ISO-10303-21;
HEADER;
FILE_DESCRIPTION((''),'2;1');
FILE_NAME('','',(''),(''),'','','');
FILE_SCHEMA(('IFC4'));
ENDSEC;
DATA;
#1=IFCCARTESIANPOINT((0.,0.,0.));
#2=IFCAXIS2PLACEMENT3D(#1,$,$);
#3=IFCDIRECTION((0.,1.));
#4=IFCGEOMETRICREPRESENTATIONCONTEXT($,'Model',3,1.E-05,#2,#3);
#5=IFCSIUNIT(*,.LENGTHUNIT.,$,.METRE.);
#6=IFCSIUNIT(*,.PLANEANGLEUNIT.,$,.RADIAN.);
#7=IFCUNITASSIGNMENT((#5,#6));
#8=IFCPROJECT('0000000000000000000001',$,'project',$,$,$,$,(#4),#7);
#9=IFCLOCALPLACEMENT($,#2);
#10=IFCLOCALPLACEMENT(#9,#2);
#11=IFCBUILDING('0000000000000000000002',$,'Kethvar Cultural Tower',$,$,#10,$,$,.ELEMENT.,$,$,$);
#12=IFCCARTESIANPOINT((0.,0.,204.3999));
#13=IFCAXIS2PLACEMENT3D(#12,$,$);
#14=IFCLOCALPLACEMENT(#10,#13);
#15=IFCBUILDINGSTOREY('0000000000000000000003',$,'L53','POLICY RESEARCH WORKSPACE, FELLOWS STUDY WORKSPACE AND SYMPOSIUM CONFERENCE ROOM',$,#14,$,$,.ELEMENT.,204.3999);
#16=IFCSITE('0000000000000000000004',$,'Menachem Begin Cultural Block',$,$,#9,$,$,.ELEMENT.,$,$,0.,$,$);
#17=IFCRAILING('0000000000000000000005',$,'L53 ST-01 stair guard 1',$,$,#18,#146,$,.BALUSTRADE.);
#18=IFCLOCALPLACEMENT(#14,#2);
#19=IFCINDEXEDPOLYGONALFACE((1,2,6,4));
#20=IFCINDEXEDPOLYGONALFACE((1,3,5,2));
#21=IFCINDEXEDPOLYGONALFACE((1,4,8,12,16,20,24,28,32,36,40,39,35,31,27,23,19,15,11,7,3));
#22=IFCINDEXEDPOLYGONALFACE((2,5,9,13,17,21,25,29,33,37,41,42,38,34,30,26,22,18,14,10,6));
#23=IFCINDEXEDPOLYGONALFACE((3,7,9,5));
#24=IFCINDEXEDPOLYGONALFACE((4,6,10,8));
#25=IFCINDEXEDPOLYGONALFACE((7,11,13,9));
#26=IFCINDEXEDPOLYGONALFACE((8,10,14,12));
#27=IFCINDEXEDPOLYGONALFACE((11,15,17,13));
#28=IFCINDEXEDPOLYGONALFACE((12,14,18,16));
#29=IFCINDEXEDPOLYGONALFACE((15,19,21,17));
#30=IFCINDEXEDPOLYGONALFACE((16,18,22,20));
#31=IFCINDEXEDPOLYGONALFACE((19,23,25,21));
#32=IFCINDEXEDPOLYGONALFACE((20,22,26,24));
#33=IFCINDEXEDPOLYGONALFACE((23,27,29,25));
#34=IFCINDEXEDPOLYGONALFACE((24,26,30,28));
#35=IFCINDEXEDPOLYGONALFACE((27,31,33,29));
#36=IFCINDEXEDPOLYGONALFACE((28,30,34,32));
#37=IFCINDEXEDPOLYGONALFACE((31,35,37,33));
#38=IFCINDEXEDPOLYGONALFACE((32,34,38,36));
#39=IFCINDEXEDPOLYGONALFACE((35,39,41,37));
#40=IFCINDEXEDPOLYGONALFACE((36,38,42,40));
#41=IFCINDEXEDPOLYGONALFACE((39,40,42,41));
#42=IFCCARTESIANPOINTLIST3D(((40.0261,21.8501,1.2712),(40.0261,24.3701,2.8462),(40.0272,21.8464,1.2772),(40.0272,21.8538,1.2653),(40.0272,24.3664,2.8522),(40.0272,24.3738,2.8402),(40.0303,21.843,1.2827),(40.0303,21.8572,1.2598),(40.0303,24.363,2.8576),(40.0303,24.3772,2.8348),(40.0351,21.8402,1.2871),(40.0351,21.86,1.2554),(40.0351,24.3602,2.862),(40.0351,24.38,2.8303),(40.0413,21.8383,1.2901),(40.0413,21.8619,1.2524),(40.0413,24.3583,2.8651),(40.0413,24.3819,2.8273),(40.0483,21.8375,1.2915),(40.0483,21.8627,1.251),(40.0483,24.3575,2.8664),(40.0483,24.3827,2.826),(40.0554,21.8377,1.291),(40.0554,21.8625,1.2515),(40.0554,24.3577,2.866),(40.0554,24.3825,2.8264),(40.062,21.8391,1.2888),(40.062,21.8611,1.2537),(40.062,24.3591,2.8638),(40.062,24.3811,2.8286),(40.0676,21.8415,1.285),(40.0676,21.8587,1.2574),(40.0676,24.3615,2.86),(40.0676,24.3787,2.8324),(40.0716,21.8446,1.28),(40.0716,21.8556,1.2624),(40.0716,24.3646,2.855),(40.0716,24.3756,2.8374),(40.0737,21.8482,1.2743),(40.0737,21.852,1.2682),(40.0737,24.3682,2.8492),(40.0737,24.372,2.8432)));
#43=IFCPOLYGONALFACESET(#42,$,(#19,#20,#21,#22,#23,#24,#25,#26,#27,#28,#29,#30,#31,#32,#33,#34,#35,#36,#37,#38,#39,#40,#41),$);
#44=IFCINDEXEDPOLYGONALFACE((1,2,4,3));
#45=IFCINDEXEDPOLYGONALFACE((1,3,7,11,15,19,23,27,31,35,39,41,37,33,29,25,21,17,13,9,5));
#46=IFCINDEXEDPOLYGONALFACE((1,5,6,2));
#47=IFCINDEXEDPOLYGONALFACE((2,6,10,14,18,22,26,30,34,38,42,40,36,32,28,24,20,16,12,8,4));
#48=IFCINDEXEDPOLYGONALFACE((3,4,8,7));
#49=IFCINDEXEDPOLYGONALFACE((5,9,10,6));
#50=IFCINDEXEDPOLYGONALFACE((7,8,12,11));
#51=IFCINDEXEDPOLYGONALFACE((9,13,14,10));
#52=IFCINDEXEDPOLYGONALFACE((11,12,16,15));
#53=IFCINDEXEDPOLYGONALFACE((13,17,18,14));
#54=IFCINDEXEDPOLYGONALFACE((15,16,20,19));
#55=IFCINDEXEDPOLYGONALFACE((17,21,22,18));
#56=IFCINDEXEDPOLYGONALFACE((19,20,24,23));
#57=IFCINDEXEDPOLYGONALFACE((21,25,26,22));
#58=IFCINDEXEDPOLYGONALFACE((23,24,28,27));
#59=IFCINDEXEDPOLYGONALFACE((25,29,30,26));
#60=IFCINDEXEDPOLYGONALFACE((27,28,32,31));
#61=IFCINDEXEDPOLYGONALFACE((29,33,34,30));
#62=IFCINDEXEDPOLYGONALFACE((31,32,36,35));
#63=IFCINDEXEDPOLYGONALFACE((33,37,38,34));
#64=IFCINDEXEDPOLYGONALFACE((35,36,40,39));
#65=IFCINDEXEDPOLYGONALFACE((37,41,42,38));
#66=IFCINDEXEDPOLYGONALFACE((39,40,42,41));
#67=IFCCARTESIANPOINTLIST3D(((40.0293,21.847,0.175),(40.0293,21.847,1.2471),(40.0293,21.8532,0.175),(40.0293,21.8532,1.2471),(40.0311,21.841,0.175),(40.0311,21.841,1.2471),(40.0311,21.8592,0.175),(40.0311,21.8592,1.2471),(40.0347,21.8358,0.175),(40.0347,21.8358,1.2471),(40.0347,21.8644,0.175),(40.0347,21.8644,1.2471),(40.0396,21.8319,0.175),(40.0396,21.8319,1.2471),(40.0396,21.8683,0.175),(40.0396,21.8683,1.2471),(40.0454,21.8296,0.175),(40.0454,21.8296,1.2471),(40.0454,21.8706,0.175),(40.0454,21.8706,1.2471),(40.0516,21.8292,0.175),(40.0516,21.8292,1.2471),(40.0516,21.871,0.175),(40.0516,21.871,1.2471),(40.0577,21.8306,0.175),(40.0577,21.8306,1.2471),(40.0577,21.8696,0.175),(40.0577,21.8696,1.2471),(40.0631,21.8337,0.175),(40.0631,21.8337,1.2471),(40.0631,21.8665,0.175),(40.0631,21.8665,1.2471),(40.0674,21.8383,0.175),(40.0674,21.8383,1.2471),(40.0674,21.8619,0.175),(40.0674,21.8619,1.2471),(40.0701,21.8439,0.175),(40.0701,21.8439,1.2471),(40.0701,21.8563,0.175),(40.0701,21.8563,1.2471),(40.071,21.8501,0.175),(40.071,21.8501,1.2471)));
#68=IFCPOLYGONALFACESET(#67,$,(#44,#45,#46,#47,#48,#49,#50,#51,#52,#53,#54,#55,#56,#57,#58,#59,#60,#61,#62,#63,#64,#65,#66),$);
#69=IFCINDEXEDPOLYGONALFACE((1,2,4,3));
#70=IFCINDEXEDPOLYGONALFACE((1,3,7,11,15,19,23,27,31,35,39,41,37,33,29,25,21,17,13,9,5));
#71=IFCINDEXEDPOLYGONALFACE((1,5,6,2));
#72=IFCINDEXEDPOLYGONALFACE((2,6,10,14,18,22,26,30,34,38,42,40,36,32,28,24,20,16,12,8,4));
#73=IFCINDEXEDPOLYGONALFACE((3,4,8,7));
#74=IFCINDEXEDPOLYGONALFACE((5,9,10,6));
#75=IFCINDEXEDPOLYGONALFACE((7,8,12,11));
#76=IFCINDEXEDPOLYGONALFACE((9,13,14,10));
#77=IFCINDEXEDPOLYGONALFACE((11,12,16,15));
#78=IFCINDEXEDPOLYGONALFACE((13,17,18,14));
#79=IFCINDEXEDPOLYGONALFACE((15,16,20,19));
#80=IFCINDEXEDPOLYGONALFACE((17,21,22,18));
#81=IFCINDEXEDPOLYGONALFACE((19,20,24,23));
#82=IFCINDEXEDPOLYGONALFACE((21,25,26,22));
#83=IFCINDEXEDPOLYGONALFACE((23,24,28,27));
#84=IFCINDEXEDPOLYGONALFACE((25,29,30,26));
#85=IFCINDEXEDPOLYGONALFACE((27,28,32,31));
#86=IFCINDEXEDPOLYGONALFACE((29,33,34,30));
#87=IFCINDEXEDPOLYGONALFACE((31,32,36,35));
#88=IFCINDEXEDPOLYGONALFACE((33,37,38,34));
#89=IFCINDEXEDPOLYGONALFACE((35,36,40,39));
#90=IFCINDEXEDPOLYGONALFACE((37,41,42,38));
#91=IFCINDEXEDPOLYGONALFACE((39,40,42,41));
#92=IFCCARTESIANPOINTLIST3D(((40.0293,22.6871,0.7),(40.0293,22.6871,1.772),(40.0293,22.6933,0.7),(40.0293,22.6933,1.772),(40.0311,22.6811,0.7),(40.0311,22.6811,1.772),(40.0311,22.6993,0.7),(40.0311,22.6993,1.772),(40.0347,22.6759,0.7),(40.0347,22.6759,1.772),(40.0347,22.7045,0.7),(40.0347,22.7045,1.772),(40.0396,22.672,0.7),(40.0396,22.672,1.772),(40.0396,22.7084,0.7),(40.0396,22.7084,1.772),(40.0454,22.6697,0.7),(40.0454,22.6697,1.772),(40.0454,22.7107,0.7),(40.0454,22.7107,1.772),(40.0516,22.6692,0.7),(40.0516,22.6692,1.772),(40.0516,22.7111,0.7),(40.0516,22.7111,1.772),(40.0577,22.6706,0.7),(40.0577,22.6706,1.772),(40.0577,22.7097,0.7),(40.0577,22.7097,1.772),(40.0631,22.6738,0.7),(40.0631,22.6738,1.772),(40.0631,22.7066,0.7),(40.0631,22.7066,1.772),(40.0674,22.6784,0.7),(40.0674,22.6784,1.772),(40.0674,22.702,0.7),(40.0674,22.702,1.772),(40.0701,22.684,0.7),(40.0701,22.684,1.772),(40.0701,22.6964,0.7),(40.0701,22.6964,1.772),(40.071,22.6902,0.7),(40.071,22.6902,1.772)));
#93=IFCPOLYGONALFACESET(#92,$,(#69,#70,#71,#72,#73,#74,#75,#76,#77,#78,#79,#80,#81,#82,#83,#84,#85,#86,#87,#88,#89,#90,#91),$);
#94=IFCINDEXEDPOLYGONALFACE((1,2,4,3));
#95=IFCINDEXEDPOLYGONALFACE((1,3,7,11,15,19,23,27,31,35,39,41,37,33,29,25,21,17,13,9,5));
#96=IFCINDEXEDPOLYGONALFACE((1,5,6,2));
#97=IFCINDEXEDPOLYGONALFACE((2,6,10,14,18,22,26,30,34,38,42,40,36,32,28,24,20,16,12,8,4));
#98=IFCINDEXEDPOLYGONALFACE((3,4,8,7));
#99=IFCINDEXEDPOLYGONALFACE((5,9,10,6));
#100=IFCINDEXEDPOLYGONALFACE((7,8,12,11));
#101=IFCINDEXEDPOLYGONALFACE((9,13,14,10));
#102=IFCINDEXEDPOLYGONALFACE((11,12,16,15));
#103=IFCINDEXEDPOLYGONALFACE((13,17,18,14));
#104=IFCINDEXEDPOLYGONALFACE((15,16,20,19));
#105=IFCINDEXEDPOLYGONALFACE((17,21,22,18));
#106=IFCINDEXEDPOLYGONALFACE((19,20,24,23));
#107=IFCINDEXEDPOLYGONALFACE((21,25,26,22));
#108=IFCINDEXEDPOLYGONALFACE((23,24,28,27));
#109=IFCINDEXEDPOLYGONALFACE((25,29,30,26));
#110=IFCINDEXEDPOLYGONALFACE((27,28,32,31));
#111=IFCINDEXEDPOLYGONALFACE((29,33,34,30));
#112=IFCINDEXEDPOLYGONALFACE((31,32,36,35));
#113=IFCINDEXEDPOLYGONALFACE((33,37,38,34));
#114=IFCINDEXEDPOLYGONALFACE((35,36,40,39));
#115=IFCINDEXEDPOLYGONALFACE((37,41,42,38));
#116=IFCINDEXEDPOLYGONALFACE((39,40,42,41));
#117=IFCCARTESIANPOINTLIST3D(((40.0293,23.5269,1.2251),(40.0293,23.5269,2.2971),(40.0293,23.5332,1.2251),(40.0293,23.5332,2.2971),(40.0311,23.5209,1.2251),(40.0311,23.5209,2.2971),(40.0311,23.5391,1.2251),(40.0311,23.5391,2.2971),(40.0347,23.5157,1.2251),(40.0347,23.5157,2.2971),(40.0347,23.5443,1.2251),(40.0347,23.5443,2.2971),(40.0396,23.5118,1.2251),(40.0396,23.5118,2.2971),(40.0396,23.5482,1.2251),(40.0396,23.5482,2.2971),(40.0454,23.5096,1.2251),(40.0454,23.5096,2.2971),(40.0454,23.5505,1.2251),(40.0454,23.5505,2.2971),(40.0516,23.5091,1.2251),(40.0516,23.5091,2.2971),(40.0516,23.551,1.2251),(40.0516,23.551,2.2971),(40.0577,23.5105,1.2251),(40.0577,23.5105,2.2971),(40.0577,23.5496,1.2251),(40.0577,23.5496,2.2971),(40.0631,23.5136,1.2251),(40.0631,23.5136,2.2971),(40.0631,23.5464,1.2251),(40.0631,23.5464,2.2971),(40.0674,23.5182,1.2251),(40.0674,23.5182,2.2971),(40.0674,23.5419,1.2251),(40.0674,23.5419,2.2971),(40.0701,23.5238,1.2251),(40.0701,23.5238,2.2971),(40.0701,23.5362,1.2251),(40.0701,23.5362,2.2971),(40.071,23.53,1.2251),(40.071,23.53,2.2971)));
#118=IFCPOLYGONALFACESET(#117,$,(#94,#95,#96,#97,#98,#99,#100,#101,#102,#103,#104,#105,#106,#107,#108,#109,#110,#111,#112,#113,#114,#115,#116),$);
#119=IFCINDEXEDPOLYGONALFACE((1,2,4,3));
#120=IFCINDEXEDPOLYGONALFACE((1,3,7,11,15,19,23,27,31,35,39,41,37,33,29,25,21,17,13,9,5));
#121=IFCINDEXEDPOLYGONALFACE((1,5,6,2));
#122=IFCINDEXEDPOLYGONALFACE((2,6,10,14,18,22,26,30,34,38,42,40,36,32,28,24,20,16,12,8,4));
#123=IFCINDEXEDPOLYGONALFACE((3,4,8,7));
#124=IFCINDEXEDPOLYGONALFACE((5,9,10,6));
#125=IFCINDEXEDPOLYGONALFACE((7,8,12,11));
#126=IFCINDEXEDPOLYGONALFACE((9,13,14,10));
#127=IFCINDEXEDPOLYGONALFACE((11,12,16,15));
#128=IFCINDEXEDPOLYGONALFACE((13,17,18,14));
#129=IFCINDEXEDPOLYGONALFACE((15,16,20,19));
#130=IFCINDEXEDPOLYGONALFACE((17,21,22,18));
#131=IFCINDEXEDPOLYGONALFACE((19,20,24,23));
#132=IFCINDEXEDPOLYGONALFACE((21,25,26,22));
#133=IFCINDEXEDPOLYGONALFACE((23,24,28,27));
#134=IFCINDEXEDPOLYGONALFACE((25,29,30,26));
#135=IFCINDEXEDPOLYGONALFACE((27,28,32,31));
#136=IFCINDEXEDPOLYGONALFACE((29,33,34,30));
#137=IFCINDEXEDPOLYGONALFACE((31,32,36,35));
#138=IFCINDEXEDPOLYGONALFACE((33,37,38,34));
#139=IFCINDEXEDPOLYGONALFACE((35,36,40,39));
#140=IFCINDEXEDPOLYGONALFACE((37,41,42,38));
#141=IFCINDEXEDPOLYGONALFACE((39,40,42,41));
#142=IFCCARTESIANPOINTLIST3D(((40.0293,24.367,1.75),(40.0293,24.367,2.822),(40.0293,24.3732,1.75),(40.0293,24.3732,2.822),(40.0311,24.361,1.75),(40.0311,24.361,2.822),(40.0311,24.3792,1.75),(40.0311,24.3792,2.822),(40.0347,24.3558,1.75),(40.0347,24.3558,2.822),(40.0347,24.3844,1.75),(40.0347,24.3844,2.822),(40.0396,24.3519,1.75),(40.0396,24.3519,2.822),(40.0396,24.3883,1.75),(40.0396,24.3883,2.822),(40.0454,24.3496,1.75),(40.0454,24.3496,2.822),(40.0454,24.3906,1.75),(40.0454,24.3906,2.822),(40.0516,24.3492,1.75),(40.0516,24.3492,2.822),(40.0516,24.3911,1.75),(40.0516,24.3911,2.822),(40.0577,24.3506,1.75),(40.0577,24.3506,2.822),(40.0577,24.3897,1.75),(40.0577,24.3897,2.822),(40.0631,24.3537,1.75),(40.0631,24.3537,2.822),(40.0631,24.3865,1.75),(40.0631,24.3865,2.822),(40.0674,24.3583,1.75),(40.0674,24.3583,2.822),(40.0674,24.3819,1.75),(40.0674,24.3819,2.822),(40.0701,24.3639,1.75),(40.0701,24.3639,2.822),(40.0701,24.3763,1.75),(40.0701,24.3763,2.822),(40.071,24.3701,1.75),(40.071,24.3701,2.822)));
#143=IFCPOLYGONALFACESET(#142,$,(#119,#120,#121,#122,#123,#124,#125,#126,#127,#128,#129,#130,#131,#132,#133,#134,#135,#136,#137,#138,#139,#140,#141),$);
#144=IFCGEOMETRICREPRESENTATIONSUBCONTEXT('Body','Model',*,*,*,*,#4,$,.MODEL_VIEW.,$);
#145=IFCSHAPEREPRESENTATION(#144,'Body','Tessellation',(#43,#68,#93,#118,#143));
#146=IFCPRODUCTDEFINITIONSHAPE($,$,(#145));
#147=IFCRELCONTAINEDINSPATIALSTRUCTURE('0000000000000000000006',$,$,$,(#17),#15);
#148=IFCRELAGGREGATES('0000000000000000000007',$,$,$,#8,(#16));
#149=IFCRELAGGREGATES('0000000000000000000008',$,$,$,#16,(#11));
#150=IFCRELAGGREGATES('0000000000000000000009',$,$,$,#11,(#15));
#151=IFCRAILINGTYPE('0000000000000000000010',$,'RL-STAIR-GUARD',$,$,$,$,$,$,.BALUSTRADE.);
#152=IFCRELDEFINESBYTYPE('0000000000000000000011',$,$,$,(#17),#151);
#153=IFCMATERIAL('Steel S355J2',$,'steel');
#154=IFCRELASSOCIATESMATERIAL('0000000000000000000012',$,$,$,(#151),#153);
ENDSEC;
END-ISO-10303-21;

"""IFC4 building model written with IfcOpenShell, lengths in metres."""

from ifc_helpers import new_model, si_unit, direction, frame, origin, origin_2d, place, context, subcontext, project, spatial, circle, extrude, material, type_object, element, save


model = new_model("IFC4")

# Units and contexts
model_context = context("Model", 3, precision=1e-05, world=origin(), true_north=direction((0.0, 1.0)))
body_context = subcontext(model_context, "Body", "Model", "MODEL_VIEW")
ifc_project = project(units=[si_unit("LENGTHUNIT", "METRE"), si_unit("PLANEANGLEUNIT", "RADIAN")], contexts=[model_context])

# Site, building, storey
site_placement = place(None, origin())
site = spatial("IfcSite", under=ifc_project, at=site_placement, Name="Menachem Begin Cultural Block", CompositionType="ELEMENT", RefElevation=0.0)
building_placement = place(site_placement, origin())
building = spatial("IfcBuilding", under=site, at=building_placement, Name="Kethvar Cultural Tower", CompositionType="ELEMENT")
storey_placement = place(building_placement, frame((0.0, 0.0, 204.3999)))
storey = spatial("IfcBuildingStorey", under=building, at=storey_placement, Name="L53", Description="POLICY RESEARCH WORKSPACE, FELLOWS STUDY WORKSPACE AND SYMPOSIUM CONFERENCE ROOM", CompositionType="ELEMENT", Elevation=204.3999)

# Shared definitions
ifc_material_1 = material(Name="Steel S355J2", Category="steel")

# Railing
railing_type_1 = type_object("IfcRailingType", Name="RL-STAIR-GUARD", PredefinedType="BALUSTRADE", material=ifc_material_1)
railing_1_placement = place(storey_placement, frame((40.05, 21.8501, 0.175)))
element("IfcRailing", 1, at=railing_1_placement, inside=storey, type_object=railing_type_1, Name="L53 ST-01 stair guard 1", PredefinedType="BALUSTRADE", context=body_context, shape_type="SweptSolid", body=[
    extrude(circle(Radius=0.0239, at=origin_2d()), frame((0.0, 0.0, 1.0962), z_axis=(0.0, 0.848008, 0.529984), x_axis=(-1.0, 0.0, 0.0)), (0.0, 0.0, 1.0), 2.9717),
    extrude(circle(Radius=0.021, at=origin_2d()), origin(), (0.0, 0.0, 1.0), 1.072),
    extrude(circle(Radius=0.021, at=origin_2d()), frame((0.0, 0.8401, 0.5249)), (0.0, 0.0, 1.0), 1.072),
    extrude(circle(Radius=0.021, at=origin_2d()), frame((0.0, 1.6799, 1.05)), (0.0, 0.0, 1.0), 1.072),
    extrude(circle(Radius=0.021, at=origin_2d()), frame((0.0, 2.52, 1.575)), (0.0, 0.0, 1.0), 1.072),
])

save(model, "model.ifc")
